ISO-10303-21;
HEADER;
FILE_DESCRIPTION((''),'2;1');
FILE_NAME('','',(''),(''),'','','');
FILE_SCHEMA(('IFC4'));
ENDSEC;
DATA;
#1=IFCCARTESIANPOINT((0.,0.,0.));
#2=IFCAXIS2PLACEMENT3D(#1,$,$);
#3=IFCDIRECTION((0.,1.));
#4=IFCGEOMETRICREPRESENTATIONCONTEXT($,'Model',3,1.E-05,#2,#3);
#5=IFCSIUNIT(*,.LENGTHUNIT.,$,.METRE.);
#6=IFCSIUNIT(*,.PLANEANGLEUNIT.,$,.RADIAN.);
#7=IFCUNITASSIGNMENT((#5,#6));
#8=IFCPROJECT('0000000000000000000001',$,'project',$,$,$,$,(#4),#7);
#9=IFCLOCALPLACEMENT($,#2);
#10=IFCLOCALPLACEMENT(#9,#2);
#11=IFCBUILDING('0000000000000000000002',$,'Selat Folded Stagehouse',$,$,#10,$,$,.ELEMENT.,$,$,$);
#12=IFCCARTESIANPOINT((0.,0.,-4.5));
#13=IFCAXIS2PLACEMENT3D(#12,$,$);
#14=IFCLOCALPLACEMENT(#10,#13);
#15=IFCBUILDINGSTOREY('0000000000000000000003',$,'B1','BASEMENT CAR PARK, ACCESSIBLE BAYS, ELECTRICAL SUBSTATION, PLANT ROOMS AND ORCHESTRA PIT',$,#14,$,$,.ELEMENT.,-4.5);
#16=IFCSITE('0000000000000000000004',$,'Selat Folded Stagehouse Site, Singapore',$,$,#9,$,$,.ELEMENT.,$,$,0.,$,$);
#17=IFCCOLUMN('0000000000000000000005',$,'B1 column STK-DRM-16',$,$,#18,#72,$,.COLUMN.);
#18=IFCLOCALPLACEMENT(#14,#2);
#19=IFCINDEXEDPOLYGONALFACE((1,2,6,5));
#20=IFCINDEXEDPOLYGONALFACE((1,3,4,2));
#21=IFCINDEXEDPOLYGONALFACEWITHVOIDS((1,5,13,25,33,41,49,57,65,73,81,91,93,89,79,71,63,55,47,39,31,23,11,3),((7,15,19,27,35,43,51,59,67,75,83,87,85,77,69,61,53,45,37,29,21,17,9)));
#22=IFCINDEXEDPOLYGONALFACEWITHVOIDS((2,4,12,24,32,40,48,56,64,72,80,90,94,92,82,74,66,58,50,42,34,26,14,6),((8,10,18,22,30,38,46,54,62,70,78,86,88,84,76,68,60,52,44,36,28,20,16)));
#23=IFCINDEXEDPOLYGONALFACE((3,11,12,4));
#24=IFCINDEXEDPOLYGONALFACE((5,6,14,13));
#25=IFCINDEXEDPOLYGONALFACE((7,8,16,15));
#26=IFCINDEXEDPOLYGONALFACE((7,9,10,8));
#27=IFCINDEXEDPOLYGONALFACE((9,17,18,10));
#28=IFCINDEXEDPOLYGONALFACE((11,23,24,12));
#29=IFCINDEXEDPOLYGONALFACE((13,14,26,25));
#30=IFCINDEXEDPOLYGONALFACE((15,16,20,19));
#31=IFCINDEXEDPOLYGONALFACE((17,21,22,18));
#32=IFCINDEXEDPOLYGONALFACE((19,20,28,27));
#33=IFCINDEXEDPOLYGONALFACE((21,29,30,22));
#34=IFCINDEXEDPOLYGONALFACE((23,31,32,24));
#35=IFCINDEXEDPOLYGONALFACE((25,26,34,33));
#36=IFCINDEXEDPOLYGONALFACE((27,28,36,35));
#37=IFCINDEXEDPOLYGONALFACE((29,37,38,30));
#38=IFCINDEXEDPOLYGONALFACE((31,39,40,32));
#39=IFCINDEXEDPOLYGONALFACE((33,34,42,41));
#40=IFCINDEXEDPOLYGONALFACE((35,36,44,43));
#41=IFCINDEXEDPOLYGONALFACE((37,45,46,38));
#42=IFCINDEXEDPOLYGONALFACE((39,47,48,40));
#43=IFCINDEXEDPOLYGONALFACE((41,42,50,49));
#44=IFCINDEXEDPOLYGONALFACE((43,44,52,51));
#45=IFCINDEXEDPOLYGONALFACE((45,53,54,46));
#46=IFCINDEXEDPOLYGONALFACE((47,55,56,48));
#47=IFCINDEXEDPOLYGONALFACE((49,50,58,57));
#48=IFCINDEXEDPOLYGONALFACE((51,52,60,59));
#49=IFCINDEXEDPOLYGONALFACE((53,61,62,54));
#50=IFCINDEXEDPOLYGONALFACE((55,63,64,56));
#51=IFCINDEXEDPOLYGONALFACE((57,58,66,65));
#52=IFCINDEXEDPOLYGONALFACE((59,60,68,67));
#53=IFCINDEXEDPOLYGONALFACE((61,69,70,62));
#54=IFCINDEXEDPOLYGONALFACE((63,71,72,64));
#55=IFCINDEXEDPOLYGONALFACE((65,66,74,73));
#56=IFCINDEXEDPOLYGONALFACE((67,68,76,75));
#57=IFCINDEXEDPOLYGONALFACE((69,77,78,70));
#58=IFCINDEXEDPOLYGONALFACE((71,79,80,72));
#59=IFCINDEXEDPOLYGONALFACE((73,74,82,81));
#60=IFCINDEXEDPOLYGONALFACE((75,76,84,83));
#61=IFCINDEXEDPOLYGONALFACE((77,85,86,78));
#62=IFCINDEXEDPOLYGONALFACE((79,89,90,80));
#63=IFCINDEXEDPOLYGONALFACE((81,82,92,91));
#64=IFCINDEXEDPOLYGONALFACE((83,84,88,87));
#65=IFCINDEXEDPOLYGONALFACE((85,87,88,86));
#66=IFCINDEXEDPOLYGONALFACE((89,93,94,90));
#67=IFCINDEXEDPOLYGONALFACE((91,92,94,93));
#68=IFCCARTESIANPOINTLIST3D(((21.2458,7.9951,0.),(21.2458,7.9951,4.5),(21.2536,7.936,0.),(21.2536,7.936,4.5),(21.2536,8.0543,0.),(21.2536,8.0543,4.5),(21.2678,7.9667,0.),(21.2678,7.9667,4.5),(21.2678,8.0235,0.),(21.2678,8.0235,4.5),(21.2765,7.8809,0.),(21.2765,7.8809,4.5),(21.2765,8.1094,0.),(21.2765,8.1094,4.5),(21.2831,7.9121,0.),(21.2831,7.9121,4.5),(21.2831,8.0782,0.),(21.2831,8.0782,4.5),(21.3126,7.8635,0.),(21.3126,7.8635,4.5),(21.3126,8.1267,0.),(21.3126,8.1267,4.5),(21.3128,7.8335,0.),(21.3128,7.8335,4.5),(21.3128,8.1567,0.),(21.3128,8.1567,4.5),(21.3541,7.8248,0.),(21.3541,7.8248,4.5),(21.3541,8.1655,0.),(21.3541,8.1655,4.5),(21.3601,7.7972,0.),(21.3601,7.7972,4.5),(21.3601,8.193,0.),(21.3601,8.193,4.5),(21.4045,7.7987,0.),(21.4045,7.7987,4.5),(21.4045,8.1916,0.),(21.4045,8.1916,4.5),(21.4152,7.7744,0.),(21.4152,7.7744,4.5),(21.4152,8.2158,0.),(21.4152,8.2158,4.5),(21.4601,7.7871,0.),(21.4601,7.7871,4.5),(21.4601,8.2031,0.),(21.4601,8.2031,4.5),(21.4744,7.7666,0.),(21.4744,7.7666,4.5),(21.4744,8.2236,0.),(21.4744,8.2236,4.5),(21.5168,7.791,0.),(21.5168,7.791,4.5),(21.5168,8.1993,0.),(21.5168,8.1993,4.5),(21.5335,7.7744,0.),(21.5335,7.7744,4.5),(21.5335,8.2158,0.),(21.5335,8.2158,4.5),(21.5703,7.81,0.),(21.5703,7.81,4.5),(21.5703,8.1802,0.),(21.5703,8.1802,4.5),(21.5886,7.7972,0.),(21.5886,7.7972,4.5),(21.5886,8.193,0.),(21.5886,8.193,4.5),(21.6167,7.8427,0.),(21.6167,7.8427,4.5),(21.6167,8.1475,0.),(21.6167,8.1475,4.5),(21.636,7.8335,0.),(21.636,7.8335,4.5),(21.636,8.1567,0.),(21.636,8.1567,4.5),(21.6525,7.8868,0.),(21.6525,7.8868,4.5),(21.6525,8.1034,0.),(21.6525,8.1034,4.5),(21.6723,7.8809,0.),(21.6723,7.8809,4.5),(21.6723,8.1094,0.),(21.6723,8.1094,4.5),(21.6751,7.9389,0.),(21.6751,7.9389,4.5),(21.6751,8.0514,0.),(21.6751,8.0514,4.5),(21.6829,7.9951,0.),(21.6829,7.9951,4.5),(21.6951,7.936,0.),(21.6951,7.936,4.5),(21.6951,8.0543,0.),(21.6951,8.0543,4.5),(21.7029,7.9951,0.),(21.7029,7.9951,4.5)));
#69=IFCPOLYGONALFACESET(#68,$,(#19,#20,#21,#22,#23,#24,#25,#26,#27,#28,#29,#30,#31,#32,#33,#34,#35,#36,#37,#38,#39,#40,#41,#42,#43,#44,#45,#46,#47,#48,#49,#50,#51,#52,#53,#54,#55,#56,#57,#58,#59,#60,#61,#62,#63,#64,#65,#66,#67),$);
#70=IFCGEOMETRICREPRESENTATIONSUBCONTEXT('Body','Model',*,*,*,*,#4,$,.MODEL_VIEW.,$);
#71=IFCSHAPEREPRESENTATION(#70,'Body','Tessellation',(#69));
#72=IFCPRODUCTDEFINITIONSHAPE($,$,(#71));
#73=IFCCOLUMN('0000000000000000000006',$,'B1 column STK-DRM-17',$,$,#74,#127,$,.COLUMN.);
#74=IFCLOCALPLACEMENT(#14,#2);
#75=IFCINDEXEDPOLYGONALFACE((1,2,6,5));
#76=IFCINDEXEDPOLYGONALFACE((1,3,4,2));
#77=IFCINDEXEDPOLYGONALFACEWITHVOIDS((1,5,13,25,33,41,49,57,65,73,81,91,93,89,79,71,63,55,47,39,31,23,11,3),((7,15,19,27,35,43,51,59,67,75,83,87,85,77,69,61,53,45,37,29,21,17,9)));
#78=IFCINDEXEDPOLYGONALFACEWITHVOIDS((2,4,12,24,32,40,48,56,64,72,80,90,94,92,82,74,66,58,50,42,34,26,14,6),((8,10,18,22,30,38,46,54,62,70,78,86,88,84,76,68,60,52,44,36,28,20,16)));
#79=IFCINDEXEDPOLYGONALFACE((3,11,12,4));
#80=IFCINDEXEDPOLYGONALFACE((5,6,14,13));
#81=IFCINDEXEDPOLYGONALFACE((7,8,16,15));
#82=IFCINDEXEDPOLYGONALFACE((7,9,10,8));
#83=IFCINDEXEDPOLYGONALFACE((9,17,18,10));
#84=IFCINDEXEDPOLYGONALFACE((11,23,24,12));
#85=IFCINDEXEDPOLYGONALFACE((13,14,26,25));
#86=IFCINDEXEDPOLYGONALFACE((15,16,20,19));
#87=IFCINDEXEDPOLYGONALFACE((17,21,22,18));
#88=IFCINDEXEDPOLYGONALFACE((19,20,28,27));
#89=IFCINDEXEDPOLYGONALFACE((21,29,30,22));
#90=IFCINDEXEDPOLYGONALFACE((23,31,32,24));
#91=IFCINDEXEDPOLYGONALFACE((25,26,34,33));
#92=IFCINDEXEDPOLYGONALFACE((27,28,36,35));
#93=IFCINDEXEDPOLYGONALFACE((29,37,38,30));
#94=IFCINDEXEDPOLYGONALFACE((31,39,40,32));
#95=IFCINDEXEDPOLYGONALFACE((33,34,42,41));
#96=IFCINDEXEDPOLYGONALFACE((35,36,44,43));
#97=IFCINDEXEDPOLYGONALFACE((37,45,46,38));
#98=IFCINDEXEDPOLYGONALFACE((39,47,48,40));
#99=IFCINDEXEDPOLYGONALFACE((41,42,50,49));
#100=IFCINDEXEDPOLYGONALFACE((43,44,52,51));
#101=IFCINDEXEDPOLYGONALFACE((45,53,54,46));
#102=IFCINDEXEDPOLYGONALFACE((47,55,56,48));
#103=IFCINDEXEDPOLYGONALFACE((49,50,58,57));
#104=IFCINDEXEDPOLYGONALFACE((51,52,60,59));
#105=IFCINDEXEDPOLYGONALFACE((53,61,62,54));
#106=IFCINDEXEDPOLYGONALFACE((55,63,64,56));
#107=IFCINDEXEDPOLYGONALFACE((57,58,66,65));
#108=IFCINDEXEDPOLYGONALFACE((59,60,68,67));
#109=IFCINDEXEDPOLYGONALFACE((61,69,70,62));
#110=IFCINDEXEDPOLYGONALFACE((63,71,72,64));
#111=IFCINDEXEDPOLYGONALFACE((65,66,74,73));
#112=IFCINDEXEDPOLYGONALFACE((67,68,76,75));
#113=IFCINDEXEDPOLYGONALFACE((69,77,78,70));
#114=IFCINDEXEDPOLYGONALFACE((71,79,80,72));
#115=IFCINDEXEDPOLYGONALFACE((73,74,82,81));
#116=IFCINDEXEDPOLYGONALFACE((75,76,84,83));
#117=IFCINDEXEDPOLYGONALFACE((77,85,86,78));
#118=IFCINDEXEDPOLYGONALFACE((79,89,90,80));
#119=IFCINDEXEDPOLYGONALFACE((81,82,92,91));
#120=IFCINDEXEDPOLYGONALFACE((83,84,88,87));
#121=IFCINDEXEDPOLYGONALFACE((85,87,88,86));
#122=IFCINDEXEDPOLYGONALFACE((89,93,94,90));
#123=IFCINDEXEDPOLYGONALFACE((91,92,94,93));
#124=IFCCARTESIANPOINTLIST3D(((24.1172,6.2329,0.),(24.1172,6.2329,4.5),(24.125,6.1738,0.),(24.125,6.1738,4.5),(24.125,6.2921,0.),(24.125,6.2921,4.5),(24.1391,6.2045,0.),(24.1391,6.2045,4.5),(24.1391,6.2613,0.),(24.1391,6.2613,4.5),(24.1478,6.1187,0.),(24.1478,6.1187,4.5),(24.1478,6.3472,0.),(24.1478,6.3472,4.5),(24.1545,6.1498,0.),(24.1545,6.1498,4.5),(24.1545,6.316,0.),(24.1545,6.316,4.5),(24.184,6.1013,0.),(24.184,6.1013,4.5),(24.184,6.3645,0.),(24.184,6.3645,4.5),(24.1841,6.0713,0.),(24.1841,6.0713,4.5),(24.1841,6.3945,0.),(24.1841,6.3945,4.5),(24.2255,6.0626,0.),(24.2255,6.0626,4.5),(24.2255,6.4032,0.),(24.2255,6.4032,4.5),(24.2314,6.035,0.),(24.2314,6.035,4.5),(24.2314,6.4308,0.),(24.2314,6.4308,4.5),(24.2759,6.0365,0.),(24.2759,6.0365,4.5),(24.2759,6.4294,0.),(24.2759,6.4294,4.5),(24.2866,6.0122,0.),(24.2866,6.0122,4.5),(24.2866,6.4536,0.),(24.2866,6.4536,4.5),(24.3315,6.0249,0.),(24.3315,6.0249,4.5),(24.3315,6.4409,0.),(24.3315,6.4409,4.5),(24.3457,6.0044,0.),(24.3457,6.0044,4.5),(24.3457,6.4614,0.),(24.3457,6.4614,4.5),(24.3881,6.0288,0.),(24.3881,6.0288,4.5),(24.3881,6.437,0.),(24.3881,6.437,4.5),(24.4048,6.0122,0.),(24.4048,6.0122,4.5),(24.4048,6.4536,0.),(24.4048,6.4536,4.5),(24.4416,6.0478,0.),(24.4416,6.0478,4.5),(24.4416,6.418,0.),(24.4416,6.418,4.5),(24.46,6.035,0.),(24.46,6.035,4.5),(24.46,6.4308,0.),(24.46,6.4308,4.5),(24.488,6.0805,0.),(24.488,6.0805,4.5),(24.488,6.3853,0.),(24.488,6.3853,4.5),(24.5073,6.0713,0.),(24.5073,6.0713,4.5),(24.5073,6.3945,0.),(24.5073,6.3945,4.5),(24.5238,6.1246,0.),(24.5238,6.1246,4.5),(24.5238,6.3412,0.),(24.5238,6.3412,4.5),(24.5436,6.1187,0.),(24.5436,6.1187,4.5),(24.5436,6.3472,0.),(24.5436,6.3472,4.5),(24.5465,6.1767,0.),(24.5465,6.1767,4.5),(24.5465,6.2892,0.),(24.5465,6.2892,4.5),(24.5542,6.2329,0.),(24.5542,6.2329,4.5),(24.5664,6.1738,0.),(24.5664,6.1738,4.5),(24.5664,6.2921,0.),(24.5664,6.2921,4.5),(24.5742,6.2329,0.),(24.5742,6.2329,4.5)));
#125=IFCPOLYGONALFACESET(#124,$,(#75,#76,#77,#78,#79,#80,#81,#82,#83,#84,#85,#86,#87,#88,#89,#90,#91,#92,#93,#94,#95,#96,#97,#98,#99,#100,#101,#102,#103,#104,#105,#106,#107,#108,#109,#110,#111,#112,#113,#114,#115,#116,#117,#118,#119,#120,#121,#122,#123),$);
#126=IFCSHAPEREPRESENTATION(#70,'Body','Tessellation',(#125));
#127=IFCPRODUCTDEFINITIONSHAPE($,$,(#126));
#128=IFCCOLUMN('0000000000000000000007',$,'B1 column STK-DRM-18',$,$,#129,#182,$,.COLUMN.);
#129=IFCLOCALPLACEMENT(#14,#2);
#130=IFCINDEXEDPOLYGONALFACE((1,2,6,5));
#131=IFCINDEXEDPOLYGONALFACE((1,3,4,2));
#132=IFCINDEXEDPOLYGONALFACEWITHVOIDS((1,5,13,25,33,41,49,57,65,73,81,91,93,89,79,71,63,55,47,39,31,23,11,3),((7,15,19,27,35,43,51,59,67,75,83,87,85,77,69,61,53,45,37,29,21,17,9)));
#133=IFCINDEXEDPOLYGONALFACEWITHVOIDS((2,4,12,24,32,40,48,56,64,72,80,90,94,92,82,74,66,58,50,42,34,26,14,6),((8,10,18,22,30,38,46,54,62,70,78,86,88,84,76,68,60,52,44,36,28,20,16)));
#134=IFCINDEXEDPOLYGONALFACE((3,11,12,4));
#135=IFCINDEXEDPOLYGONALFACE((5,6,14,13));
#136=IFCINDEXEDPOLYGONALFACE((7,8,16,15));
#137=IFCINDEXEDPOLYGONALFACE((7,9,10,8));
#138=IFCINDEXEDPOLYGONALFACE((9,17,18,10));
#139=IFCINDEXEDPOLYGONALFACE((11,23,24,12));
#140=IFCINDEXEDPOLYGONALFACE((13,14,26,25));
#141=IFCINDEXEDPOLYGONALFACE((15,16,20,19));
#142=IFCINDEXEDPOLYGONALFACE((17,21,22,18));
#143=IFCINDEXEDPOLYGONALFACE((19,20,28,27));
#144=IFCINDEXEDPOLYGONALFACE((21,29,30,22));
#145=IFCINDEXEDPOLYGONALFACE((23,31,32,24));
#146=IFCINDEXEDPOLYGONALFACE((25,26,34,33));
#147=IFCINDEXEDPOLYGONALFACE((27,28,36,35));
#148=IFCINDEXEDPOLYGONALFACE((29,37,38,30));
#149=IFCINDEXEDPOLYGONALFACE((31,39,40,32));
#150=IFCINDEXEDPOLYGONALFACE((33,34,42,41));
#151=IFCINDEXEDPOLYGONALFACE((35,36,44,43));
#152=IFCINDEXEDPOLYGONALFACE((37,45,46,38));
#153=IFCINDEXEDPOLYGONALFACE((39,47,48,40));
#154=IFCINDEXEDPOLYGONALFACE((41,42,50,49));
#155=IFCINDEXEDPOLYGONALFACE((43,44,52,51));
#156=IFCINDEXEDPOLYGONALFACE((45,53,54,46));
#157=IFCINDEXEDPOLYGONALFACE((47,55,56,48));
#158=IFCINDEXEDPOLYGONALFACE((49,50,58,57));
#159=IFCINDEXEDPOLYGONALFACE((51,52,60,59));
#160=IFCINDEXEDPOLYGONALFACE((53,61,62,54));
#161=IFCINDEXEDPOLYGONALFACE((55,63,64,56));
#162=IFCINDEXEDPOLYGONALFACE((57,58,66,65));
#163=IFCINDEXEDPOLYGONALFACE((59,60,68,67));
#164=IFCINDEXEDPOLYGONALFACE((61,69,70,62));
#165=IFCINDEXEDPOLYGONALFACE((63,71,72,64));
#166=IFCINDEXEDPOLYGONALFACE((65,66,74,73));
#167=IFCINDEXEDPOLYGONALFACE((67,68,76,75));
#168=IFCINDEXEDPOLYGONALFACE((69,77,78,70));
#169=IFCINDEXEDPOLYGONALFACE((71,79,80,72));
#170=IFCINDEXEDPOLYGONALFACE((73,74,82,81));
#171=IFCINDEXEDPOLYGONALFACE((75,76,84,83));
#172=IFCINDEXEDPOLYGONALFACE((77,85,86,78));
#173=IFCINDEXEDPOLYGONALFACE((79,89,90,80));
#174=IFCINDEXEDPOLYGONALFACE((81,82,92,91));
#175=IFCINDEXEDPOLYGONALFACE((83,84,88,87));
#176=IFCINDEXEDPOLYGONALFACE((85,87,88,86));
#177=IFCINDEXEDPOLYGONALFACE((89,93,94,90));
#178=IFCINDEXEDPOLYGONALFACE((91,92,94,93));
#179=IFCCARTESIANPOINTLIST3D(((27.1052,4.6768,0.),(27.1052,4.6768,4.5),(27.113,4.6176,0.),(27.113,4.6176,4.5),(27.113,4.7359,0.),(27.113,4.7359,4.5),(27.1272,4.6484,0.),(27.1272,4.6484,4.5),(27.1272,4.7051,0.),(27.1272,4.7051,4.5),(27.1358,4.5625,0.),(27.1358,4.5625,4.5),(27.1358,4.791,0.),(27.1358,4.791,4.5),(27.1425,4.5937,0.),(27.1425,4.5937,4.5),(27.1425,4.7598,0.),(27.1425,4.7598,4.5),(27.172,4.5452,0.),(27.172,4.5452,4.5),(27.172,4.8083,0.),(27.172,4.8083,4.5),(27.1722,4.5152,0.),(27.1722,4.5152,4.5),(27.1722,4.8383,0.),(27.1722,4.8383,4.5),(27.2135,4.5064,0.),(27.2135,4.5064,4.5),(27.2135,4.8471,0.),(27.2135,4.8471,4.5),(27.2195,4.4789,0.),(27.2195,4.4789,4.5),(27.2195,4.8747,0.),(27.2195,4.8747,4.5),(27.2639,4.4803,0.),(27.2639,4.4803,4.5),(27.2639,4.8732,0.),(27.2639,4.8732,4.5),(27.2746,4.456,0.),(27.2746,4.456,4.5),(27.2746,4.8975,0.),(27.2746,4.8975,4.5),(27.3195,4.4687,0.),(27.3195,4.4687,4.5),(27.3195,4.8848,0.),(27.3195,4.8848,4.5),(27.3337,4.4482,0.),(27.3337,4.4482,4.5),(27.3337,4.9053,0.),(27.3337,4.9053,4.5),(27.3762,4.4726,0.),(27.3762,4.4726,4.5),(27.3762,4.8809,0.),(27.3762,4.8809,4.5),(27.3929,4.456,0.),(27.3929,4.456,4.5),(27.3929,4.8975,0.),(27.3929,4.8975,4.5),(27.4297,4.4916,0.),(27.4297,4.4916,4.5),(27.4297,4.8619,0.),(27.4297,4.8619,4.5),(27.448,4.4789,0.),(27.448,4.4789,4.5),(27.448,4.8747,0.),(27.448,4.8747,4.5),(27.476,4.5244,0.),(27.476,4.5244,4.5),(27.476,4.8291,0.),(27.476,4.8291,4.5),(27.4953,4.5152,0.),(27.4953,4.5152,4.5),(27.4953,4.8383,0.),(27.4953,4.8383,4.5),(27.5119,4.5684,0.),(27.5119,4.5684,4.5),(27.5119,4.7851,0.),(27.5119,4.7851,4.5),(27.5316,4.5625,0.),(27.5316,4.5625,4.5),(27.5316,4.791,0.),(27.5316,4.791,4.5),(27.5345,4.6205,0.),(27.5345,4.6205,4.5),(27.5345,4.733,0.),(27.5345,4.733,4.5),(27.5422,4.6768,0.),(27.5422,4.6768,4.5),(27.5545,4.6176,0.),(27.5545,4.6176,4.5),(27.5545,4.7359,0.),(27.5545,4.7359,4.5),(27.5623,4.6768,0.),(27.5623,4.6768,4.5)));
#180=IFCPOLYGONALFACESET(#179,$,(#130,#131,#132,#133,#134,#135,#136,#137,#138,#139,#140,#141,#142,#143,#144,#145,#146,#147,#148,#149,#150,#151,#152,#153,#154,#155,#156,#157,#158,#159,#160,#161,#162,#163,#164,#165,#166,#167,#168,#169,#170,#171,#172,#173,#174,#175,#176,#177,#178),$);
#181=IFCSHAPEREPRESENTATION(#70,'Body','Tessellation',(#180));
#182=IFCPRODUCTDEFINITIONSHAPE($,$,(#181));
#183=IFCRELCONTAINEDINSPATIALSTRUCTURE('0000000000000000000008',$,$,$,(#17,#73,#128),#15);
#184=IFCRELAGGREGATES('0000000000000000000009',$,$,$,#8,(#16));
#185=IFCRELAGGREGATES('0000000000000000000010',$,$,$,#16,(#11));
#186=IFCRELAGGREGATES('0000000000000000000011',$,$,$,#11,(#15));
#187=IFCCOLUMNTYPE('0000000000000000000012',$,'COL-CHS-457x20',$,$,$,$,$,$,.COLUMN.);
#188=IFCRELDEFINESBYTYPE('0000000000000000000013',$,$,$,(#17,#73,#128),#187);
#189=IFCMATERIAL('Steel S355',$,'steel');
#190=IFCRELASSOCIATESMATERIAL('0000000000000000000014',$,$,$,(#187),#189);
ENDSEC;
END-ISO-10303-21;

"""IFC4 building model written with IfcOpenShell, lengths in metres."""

from ifc_helpers import new_model, si_unit, direction, frame, origin, origin_2d, place, context, subcontext, project, spatial, hollow_circle, extrude, material, material_profile, profile_set, type_object, element, save


model = new_model("IFC4")

# Units and contexts
model_context = context("Model", 3, precision=1e-05, world=origin(), true_north=direction((0.0, 1.0)))
body_context = subcontext(model_context, "Body", "Model", "MODEL_VIEW")
ifc_project = project(units=[si_unit("LENGTHUNIT", "METRE"), si_unit("PLANEANGLEUNIT", "RADIAN")], contexts=[model_context])

# Site, building, storey
site_placement = place(None, origin())
site = spatial("IfcSite", under=ifc_project, at=site_placement, Name="Selat Folded Stagehouse Site, Singapore", CompositionType="ELEMENT", RefElevation=0.0)
building_placement = place(site_placement, origin())
building = spatial("IfcBuilding", under=site, at=building_placement, Name="Selat Folded Stagehouse", CompositionType="ELEMENT")
storey_placement = place(building_placement, frame((0.0, 0.0, -4.5)))
storey = spatial("IfcBuildingStorey", under=building, at=storey_placement, Name="B1", Description="BASEMENT CAR PARK, ACCESSIBLE BAYS, ELECTRICAL SUBSTATION, PLANT ROOMS AND ORCHESTRA PIT", CompositionType="ELEMENT", Elevation=-4.5)

# Columns
ifc_material_1 = material(Name="Steel S355", Category="steel")
ifc_material_profile_1 = material_profile(ifc_material_1, hollow_circle(Radius=0.2285, WallThickness=0.02, at=origin_2d()), Name="CHS 457.0x20.0")
ifc_profile_set_1 = profile_set([ifc_material_profile_1], Name="Steel S355")
column_type = type_object("IfcColumnType", Name="COL-CHS-457x20", PredefinedType="COLUMN", material=ifc_profile_set_1)
for number, where, z_axis, x_axis, name in (
    (1, (21.4744, 7.9951, 0.0), (0.0, 0.0, 1.0), (1.0, 0.0, 0.0), "B1 column STK-DRM-16"),
    (2, (24.3457, 6.2329, 0.0), (0.0, 0.0, 1.0), (1.0, 0.0, 0.0), "B1 column STK-DRM-17"),
    (3, (27.3337, 4.6768, 0.0), (0.0, 0.0, 1.0), (1.0, 0.0, 0.0), "B1 column STK-DRM-18"),
):
    element("IfcColumn", number, at=place(storey_placement, frame(where, z_axis=z_axis, x_axis=x_axis)), inside=storey, type_object=column_type, Name=name, PredefinedType="COLUMN", context=body_context, shape_type="SweptSolid", body=[
        extrude(hollow_circle(Radius=0.2285, WallThickness=0.02, at=origin_2d()), origin(), (0.0, 0.0, 1.0), 4.5),
    ])

save(model, "model.ifc")
